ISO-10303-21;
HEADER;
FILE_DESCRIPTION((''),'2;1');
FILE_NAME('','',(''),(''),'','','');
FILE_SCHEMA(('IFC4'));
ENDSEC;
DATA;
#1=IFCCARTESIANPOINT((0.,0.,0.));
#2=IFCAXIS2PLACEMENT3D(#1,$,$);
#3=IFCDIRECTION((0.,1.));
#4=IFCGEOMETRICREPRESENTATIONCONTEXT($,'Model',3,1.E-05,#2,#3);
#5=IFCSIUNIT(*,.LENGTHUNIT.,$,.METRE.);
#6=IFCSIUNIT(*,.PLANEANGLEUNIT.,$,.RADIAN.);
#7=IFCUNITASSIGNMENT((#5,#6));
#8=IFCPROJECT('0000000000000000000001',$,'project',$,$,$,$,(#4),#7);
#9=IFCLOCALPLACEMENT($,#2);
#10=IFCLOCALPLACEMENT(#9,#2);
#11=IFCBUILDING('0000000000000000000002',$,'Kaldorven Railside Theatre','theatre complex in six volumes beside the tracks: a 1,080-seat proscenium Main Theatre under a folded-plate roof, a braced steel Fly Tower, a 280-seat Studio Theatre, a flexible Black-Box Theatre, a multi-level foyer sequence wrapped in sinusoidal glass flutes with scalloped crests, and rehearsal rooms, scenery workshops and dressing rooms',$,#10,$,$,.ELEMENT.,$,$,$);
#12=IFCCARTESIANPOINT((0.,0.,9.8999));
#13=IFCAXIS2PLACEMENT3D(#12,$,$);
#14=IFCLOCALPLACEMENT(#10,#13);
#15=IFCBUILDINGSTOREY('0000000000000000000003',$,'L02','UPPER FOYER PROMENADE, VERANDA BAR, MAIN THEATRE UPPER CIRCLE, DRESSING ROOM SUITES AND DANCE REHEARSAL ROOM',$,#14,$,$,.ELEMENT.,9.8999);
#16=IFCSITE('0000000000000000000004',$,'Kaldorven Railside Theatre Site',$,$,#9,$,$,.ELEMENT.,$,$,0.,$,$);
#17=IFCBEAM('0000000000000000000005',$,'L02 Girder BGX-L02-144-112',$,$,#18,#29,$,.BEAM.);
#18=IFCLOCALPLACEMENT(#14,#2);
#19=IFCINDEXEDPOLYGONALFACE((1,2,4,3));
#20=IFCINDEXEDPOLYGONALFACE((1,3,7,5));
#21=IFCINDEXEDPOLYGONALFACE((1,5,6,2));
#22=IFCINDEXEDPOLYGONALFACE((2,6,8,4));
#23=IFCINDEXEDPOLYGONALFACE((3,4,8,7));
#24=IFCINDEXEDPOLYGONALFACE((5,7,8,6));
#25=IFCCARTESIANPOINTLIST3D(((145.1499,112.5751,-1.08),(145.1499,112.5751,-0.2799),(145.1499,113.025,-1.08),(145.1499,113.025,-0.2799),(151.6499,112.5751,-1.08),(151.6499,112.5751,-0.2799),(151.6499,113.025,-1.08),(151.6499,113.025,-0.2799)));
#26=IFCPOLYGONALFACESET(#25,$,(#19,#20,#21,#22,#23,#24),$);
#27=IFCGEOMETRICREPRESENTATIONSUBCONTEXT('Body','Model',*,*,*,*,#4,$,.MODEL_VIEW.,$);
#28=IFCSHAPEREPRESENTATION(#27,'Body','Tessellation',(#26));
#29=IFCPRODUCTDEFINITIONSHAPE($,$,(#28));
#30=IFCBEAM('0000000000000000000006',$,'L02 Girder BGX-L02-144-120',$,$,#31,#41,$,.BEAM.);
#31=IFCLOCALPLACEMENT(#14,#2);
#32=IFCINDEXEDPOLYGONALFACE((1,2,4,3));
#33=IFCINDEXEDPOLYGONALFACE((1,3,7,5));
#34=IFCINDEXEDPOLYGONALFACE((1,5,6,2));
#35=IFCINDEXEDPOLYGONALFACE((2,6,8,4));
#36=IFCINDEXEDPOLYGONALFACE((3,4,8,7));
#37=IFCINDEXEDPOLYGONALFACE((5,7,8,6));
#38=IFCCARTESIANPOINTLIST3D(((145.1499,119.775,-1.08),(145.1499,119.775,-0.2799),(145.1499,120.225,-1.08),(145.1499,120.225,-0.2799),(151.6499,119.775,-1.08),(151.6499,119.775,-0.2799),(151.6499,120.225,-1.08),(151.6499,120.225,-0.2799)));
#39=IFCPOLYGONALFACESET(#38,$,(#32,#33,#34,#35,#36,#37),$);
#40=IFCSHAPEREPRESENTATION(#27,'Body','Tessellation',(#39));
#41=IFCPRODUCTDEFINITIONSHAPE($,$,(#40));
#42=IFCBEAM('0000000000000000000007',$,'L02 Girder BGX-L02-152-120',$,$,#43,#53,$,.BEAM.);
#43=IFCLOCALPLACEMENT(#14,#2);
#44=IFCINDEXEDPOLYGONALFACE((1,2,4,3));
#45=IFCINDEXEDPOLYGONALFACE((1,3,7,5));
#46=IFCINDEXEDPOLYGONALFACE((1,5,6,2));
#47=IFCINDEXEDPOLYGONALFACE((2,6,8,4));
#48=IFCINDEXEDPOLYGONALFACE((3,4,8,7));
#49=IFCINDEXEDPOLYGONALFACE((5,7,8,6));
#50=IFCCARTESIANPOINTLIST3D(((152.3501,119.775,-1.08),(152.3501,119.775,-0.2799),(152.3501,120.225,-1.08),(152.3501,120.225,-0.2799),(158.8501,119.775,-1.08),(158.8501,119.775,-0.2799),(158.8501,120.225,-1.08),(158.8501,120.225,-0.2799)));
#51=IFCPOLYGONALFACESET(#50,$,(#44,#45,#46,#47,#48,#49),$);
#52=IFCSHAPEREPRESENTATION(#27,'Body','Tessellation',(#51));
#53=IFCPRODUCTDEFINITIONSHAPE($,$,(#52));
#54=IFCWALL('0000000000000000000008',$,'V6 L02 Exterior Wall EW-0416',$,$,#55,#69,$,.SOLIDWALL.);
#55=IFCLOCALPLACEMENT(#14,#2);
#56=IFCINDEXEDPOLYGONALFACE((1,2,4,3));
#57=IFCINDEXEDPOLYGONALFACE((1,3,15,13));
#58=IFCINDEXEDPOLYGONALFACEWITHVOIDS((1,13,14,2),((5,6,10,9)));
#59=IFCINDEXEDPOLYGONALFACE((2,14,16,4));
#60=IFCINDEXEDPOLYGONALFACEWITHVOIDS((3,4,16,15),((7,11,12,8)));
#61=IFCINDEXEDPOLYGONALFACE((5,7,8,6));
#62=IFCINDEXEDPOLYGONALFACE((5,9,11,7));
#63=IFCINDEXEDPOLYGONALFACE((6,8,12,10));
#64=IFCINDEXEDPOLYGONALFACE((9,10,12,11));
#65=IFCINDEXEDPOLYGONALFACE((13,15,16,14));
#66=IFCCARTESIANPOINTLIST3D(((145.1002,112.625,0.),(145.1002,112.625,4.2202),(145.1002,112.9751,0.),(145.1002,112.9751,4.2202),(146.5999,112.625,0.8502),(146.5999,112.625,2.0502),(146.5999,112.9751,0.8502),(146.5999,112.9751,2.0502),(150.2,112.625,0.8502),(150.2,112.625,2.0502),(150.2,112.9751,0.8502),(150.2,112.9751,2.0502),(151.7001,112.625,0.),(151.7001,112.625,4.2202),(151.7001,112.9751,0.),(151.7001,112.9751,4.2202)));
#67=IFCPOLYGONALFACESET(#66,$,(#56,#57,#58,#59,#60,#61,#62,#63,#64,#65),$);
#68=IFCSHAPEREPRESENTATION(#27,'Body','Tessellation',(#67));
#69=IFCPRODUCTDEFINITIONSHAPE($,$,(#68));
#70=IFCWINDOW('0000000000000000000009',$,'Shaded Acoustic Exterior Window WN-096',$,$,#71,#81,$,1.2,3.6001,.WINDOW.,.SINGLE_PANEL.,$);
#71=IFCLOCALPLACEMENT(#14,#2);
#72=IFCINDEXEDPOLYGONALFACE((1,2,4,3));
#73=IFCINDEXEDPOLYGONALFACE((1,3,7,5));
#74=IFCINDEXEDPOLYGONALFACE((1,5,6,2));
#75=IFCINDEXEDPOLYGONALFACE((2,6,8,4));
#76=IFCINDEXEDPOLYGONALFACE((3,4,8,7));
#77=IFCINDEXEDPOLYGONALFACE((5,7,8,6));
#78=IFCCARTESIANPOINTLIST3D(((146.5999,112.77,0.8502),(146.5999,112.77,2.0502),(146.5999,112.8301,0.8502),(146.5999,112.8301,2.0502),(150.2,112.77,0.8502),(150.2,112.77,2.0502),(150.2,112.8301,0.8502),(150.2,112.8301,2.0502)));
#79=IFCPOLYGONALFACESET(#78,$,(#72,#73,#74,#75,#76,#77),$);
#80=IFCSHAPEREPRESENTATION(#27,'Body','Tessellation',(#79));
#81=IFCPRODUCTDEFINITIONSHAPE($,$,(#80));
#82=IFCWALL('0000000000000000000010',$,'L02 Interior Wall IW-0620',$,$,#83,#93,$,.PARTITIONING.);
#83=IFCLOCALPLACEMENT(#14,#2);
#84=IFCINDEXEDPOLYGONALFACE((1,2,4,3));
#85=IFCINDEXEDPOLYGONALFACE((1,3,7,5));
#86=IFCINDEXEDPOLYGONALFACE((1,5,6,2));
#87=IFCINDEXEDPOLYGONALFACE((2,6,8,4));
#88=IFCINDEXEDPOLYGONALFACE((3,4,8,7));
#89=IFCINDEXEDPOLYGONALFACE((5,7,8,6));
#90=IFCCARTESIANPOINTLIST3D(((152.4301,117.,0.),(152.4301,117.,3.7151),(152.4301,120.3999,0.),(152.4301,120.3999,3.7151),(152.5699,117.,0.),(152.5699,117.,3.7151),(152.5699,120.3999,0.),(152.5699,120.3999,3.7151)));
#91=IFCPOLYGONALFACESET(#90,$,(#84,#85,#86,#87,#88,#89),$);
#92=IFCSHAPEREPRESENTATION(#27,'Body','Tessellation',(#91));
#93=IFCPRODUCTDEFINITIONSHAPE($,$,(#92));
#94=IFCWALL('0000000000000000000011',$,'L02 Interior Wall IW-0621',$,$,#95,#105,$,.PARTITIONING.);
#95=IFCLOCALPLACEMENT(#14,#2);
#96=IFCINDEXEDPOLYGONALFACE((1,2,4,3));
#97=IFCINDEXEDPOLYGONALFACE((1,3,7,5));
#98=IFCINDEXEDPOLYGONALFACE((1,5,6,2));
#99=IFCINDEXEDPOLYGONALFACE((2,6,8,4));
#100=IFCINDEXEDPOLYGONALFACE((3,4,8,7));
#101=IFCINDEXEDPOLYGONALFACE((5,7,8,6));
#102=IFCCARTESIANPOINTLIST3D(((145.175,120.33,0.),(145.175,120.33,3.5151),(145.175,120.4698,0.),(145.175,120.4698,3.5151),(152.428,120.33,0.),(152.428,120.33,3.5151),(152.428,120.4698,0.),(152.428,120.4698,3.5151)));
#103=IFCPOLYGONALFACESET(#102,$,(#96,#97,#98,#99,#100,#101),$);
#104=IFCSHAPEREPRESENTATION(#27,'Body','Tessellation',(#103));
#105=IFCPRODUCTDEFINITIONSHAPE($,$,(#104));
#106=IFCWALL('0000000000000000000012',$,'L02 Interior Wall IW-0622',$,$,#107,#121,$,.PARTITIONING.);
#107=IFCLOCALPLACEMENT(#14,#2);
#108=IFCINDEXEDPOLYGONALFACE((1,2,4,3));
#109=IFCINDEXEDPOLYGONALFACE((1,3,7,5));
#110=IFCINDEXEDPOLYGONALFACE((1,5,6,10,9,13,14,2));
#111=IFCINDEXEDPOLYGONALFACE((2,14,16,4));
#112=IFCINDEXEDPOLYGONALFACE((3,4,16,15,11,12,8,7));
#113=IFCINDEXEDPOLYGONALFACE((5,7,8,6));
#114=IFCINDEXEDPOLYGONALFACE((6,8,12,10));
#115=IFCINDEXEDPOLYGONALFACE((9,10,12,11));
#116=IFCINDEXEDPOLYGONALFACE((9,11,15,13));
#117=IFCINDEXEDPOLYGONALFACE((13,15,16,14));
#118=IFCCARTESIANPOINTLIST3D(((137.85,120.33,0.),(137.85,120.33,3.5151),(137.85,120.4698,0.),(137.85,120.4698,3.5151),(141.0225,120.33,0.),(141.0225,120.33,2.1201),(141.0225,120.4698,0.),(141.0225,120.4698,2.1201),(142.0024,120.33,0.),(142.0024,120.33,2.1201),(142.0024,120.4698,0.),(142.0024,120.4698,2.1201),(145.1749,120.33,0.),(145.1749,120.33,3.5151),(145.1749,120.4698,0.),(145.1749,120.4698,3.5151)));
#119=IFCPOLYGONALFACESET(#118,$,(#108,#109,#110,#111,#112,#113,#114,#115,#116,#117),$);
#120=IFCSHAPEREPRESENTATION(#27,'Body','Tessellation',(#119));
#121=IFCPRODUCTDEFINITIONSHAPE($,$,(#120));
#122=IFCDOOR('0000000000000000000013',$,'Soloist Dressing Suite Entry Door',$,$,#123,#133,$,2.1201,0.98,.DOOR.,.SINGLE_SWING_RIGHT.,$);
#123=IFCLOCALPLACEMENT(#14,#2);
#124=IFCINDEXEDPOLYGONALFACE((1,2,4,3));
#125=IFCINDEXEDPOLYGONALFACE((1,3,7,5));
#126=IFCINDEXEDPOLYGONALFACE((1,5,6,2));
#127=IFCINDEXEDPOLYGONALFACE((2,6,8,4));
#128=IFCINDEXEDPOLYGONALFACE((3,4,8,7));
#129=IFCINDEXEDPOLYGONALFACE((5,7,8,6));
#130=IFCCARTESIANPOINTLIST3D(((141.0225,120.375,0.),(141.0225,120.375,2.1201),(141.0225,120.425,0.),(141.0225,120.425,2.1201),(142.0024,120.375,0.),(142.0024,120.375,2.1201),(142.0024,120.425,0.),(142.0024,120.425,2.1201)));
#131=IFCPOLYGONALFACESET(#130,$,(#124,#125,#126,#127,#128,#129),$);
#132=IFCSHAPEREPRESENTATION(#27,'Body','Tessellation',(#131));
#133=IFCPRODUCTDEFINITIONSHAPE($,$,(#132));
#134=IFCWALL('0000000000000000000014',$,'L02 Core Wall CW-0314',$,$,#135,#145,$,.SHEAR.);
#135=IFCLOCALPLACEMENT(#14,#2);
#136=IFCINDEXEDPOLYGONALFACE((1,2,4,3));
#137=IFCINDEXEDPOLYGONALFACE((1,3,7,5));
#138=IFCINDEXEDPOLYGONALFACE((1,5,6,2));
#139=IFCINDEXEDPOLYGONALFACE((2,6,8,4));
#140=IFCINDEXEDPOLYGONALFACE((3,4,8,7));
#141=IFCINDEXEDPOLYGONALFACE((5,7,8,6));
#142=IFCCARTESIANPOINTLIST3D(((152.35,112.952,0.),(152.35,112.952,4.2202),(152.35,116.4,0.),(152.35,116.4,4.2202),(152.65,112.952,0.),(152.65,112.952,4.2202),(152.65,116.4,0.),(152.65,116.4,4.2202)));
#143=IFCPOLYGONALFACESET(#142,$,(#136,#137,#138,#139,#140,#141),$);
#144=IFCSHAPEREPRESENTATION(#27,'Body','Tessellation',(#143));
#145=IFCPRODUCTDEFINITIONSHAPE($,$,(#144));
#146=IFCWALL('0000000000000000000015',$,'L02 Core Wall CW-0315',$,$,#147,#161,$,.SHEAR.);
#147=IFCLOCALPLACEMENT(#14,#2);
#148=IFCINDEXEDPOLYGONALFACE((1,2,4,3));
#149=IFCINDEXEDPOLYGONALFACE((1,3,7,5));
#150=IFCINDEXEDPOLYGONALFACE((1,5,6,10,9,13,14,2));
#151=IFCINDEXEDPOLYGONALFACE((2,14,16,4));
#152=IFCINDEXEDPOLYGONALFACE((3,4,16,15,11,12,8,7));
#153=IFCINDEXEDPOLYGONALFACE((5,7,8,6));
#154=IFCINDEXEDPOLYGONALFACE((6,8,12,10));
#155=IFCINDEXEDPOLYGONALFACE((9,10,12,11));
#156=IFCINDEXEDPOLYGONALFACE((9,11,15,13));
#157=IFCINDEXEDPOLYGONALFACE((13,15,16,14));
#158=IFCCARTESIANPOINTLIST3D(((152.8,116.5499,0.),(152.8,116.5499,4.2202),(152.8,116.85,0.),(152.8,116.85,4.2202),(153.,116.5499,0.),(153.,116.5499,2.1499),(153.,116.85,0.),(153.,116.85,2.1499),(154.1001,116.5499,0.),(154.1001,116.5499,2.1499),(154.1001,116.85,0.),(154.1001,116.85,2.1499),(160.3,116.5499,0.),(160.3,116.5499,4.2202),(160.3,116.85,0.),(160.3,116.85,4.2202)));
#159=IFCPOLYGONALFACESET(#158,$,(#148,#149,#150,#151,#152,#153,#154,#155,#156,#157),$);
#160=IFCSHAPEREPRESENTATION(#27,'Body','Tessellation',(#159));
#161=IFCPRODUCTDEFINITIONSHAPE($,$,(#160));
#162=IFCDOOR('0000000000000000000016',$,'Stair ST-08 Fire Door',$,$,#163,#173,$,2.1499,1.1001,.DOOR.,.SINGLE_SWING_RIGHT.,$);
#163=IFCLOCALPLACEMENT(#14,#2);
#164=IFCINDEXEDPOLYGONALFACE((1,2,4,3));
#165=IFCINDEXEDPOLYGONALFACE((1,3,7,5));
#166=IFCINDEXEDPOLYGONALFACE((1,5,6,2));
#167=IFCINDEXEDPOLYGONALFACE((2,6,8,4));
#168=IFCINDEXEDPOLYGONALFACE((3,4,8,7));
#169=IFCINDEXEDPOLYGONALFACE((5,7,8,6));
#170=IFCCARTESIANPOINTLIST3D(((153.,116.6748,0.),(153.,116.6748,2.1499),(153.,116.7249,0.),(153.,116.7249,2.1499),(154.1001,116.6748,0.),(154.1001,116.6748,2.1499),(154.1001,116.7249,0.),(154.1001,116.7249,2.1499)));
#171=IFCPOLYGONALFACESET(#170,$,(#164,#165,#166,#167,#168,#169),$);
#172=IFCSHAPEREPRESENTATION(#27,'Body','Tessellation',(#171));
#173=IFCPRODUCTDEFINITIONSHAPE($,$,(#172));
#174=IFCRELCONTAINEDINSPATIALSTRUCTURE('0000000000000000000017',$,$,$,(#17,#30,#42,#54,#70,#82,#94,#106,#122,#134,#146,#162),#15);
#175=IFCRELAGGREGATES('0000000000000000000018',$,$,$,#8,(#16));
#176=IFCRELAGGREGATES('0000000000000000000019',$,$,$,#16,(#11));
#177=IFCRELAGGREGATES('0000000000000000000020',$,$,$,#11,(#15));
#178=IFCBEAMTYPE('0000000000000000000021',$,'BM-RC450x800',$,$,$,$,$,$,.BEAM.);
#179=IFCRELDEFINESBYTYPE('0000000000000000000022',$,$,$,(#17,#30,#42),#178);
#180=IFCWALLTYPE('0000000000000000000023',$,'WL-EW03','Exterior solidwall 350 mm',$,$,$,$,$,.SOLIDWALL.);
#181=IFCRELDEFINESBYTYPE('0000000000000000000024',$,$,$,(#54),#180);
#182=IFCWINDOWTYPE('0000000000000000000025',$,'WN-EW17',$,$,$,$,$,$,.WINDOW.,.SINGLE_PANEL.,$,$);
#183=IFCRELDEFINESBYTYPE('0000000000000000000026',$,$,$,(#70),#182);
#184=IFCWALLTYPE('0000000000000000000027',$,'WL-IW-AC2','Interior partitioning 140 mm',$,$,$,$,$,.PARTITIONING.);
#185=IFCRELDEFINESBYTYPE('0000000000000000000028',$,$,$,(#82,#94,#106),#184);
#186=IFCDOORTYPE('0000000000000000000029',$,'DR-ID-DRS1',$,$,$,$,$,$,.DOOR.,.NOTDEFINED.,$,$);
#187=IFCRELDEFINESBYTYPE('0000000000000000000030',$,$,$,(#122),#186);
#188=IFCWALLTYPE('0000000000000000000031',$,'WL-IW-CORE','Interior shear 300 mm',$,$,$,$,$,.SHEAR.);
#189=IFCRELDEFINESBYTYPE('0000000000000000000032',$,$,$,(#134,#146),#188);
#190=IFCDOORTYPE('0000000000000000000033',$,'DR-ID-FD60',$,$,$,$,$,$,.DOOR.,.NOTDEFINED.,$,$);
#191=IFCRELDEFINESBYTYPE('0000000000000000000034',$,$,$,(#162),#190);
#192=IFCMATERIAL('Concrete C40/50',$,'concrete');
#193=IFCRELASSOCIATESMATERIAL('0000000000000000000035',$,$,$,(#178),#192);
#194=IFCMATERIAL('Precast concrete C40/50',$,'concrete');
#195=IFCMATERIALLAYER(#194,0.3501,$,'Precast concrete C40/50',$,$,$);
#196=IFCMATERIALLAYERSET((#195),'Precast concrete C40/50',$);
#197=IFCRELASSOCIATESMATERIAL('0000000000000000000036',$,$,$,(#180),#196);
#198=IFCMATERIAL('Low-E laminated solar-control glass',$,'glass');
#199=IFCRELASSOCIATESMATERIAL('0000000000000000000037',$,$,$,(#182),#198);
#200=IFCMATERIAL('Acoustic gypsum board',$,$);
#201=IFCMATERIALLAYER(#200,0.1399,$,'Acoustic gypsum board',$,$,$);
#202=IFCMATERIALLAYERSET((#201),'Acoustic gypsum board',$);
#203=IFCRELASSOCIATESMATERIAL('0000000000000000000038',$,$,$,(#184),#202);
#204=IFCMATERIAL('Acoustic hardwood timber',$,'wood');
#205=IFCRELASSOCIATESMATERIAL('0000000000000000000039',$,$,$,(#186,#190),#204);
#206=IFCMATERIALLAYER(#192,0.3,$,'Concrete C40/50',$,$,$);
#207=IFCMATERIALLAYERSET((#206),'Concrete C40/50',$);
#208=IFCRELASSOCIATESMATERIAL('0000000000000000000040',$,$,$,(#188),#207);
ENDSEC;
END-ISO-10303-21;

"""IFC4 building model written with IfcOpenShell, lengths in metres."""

from ifc_helpers import new_model, si_unit, direction, frame, frame_2d, origin, origin_2d, place, context, subcontext, project, spatial, rectangle, extrude, material, layer, layer_set, material_profile, profile_set, type_object, element, fill, save


model = new_model("IFC4")

# Units and contexts
model_context = context("Model", 3, precision=1e-05, world=origin(), true_north=direction((0.0, 1.0)))
body_context = subcontext(model_context, "Body", "Model", "MODEL_VIEW")
ifc_project = project(units=[si_unit("LENGTHUNIT", "METRE"), si_unit("PLANEANGLEUNIT", "RADIAN")], contexts=[model_context])

# Site, building, storey
site_placement = place(None, origin())
site = spatial("IfcSite", under=ifc_project, at=site_placement, Name="Kaldorven Railside Theatre Site", CompositionType="ELEMENT", RefElevation=0.0)
building_placement = place(site_placement, origin())
building = spatial("IfcBuilding", under=site, at=building_placement, Name="Kaldorven Railside Theatre", Description="theatre complex in six volumes beside the tracks: a 1,080-seat proscenium Main Theatre under a folded-plate roof, a braced steel Fly Tower, a 280-seat Studio Theatre, a flexible Black-Box Theatre, a multi-level foyer sequence wrapped in sinusoidal glass flutes with scalloped crests, and rehearsal rooms, scenery workshops and dressing rooms", CompositionType="ELEMENT")
storey_placement = place(building_placement, frame((0.0, 0.0, 9.8999)))
storey = spatial("IfcBuildingStorey", under=building, at=storey_placement, Name="L02", Description="UPPER FOYER PROMENADE, VERANDA BAR, MAIN THEATRE UPPER CIRCLE, DRESSING ROOM SUITES AND DANCE REHEARSAL ROOM", CompositionType="ELEMENT", Elevation=9.8999)

# Shared definitions
ifc_material_1 = material(Name="Concrete C40/50", Category="concrete")

# Beams
ifc_material_profile_1 = material_profile(ifc_material_1, rectangle(XDim=0.45, YDim=0.8, at=origin_2d()), Name="RC 450x800")
ifc_profile_set_1 = profile_set([ifc_material_profile_1], Name="Concrete C40/50")
beam_type_1 = type_object("IfcBeamType", Name="BM-RC450x800", PredefinedType="BEAM", material=ifc_profile_set_1)
for number, where, z_axis, x_axis, name in (
    (1, (145.1499, 112.8, -0.6799), (1.0, 0.0, 0.0), (0.0, 1.0, 0.0), "L02 Girder BGX-L02-144-112"),
    (2, (145.1499, 120.0, -0.6799), (1.0, 0.0, 0.0), (0.0, 1.0, 0.0), "L02 Girder BGX-L02-144-120"),
    (3, (152.3501, 120.0, -0.6799), (1.0, 0.0, 0.0), (0.0, 1.0, 0.0), "L02 Girder BGX-L02-152-120"),
):
    element("IfcBeam", number, at=place(storey_placement, frame(where, z_axis=z_axis, x_axis=x_axis)), inside=storey, type_object=beam_type_1, Name=name, PredefinedType="BEAM", context=body_context, shape_type="SweptSolid", body=[
        extrude(rectangle(XDim=0.45, YDim=0.8, at=origin_2d()), origin(), (0.0, 0.0, 1.0), 6.5),
    ])

# Wall, opening, window
ifc_material_2 = material(Name="Precast concrete C40/50", Category="concrete")
ifc_layer_1 = layer(ifc_material_2, 0.3501, Name="Precast concrete C40/50")
ifc_layer_set_1 = layer_set([ifc_layer_1], Name="Precast concrete C40/50")
wall_type_1 = type_object("IfcWallType", Name="WL-EW03", Description="Exterior solidwall 350 mm", PredefinedType="SOLIDWALL", material=ifc_layer_set_1)
wall_1_placement = place(storey_placement, frame((151.7, 112.8, 0.0), z_axis=(0.0, 0.0, 1.0), x_axis=(-1.0, 0.0, 0.0)))
wall_1 = element("IfcWall", 4, at=wall_1_placement, inside=storey, type_object=wall_type_1, Name="V6 L02 Exterior Wall EW-0416", PredefinedType="SOLIDWALL", context=body_context, shape_type="SweptSolid", body=[
    extrude(rectangle(XDim=6.5999, YDim=0.3501, at=frame_2d((3.2998, 0.0))), origin(), (0.0, 0.0, 1.0), 4.2202),
])
opening_1_placement = place(wall_1_placement, frame((1.5, 0.0, 0.8501)))
opening_1 = element("IfcOpeningElement", 5, at=opening_1_placement, cuts=wall_1, PredefinedType="OPENING", context=body_context, shape_type="SweptSolid", body=[
    extrude(rectangle(XDim=3.6001, YDim=1.2, at=frame_2d((1.8, 0.6001))), frame((0.0, 0.1851, 0.0), z_axis=(0.0, -1.0, 0.0), x_axis=(1.0, 0.0, 0.0)), (0.0, 0.0, 1.0), 0.3701),
])
ifc_material_3 = material(Name="Low-E laminated solar-control glass", Category="glass")
window_type = type_object("IfcWindowType", Name="WN-EW17", PartitioningType="SINGLE_PANEL", PredefinedType="WINDOW", material=ifc_material_3)
window_placement = place(opening_1_placement, origin())
window = element("IfcWindow", 6, at=window_placement, inside=storey, type_object=window_type, Name="Shaded Acoustic Exterior Window WN-096", OverallHeight=1.2, OverallWidth=3.6001, PartitioningType="SINGLE_PANEL", PredefinedType="WINDOW", context=body_context, shape_type="SweptSolid", body=[
    extrude(rectangle(XDim=3.6001, YDim=1.2, at=frame_2d((1.8, 0.6001))), frame((0.0, 0.03, 0.0), z_axis=(0.0, -1.0, 0.0), x_axis=(1.0, 0.0, 0.0)), (0.0, 0.0, 1.0), 0.0601),
])
fill(opening_1, window)

# Walls
ifc_material_4 = material(Name="Acoustic gypsum board")
ifc_layer_2 = layer(ifc_material_4, 0.1399, Name="Acoustic gypsum board")
ifc_layer_set_2 = layer_set([ifc_layer_2], Name="Acoustic gypsum board")
wall_type_2 = type_object("IfcWallType", Name="WL-IW-AC2", Description="Interior partitioning 140 mm", PredefinedType="PARTITIONING", material=ifc_layer_set_2)
wall_2_placement = place(storey_placement, frame((152.5, 117.0, 0.0), z_axis=(0.0, 0.0, 1.0), x_axis=(0.0, 1.0, 0.0)))
element("IfcWall", 7, at=wall_2_placement, inside=storey, type_object=wall_type_2, Name="L02 Interior Wall IW-0620", PredefinedType="PARTITIONING", context=body_context, shape_type="SweptSolid", body=[
    extrude(rectangle(XDim=3.3999, YDim=0.1399, at=frame_2d((1.7, 0.0))), origin(), (0.0, 0.0, 1.0), 3.7151),
])
wall_3_placement = place(storey_placement, frame((152.428, 120.3999, 0.0), z_axis=(0.0, 0.0, 1.0), x_axis=(-1.0, 0.0, 0.0)))
element("IfcWall", 8, at=wall_3_placement, inside=storey, type_object=wall_type_2, Name="L02 Interior Wall IW-0621", PredefinedType="PARTITIONING", context=body_context, shape_type="SweptSolid", body=[
    extrude(rectangle(XDim=7.2529, YDim=0.1399, at=frame_2d((3.6265, 0.0))), origin(), (0.0, 0.0, 1.0), 3.5151),
])

# Wall, opening, door
wall_4_placement = place(storey_placement, frame((145.175, 120.3999, 0.0), z_axis=(0.0, 0.0, 1.0), x_axis=(-1.0, 0.0, 0.0)))
wall_4 = element("IfcWall", 9, at=wall_4_placement, inside=storey, type_object=wall_type_2, Name="L02 Interior Wall IW-0622", PredefinedType="PARTITIONING", context=body_context, shape_type="SweptSolid", body=[
    extrude(rectangle(XDim=7.325, YDim=0.1399, at=frame_2d((3.6626, 0.0))), origin(), (0.0, 0.0, 1.0), 3.5151),
])
opening_2_placement = place(wall_4_placement, frame((3.1726, 0.0, 0.0)))
opening_2 = element("IfcOpeningElement", 10, at=opening_2_placement, cuts=wall_4, PredefinedType="OPENING", context=body_context, shape_type="SweptSolid", body=[
    extrude(rectangle(XDim=0.98, YDim=2.1201, at=frame_2d((0.49, 1.0601))), frame((0.0, 0.0801, 0.0), z_axis=(0.0, -1.0, 0.0), x_axis=(1.0, 0.0, 0.0)), (0.0, 0.0, 1.0), 0.1599),
])
ifc_material_5 = material(Name="Acoustic hardwood timber", Category="wood")
door_type_1 = type_object("IfcDoorType", Name="DR-ID-DRS1", OperationType="NOTDEFINED", PredefinedType="DOOR", material=ifc_material_5)
door_1_placement = place(opening_2_placement, origin())
door_1 = element("IfcDoor", 11, at=door_1_placement, inside=storey, type_object=door_type_1, Name="Soloist Dressing Suite Entry Door", OperationType="SINGLE_SWING_RIGHT", OverallHeight=2.1201, OverallWidth=0.98, PredefinedType="DOOR", context=body_context, shape_type="SweptSolid", body=[
    extrude(rectangle(XDim=0.98, YDim=2.1201, at=frame_2d((0.49, 1.0601))), frame((0.0, 0.0249, 0.0), z_axis=(0.0, -1.0, 0.0), x_axis=(1.0, 0.0, 0.0)), (0.0, 0.0, 1.0), 0.05),
])
fill(opening_2, door_1)

# Wall
ifc_layer_3 = layer(ifc_material_1, 0.3, Name="Concrete C40/50")
ifc_layer_set_3 = layer_set([ifc_layer_3], Name="Concrete C40/50")
wall_type_3 = type_object("IfcWallType", Name="WL-IW-CORE", Description="Interior shear 300 mm", PredefinedType="SHEAR", material=ifc_layer_set_3)
wall_5_placement = place(storey_placement, frame((152.5, 112.9519, 0.0), z_axis=(0.0, 0.0, 1.0), x_axis=(0.0, 1.0, 0.0)))
element("IfcWall", 12, at=wall_5_placement, inside=storey, type_object=wall_type_3, Name="L02 Core Wall CW-0314", PredefinedType="SHEAR", context=body_context, shape_type="SweptSolid", body=[
    extrude(rectangle(XDim=3.448, YDim=0.3, at=frame_2d((1.7241, 0.0))), origin(), (0.0, 0.0, 1.0), 4.2202),
])

# Wall, opening, door
wall_6_placement = place(storey_placement, frame((152.8, 116.7, 0.0), z_axis=(0.0, 0.0, 1.0), x_axis=(1.0, 0.0, 0.0)))
wall_6 = element("IfcWall", 13, at=wall_6_placement, inside=storey, type_object=wall_type_3, Name="L02 Core Wall CW-0315", PredefinedType="SHEAR", context=body_context, shape_type="SweptSolid", body=[
    extrude(rectangle(XDim=7.5, YDim=0.3, at=frame_2d((3.75, 0.0))), origin(), (0.0, 0.0, 1.0), 4.2202),
])
opening_3_placement = place(wall_6_placement, frame((0.2, 0.0, 0.0)))
opening_3 = element("IfcOpeningElement", 14, at=opening_3_placement, cuts=wall_6, PredefinedType="OPENING", context=body_context, shape_type="SweptSolid", body=[
    extrude(rectangle(XDim=1.1001, YDim=2.1499, at=frame_2d((0.55, 1.075))), frame((0.0, 0.1602, 0.0), z_axis=(0.0, -1.0, 0.0), x_axis=(1.0, 0.0, 0.0)), (0.0, 0.0, 1.0), 0.3201),
])
door_type_2 = type_object("IfcDoorType", Name="DR-ID-FD60", OperationType="NOTDEFINED", PredefinedType="DOOR", material=ifc_material_5)
door_2_placement = place(opening_3_placement, origin())
door_2 = element("IfcDoor", 15, at=door_2_placement, inside=storey, type_object=door_type_2, Name="Stair ST-08 Fire Door", OperationType="SINGLE_SWING_RIGHT", OverallHeight=2.1499, OverallWidth=1.1001, PredefinedType="DOOR", context=body_context, shape_type="SweptSolid", body=[
    extrude(rectangle(XDim=1.1001, YDim=2.1499, at=frame_2d((0.55, 1.075))), frame((0.0, 0.0249, 0.0), z_axis=(0.0, -1.0, 0.0), x_axis=(1.0, 0.0, 0.0)), (0.0, 0.0, 1.0), 0.05),
])
fill(opening_3, door_2)

save(model, "model.ifc")
